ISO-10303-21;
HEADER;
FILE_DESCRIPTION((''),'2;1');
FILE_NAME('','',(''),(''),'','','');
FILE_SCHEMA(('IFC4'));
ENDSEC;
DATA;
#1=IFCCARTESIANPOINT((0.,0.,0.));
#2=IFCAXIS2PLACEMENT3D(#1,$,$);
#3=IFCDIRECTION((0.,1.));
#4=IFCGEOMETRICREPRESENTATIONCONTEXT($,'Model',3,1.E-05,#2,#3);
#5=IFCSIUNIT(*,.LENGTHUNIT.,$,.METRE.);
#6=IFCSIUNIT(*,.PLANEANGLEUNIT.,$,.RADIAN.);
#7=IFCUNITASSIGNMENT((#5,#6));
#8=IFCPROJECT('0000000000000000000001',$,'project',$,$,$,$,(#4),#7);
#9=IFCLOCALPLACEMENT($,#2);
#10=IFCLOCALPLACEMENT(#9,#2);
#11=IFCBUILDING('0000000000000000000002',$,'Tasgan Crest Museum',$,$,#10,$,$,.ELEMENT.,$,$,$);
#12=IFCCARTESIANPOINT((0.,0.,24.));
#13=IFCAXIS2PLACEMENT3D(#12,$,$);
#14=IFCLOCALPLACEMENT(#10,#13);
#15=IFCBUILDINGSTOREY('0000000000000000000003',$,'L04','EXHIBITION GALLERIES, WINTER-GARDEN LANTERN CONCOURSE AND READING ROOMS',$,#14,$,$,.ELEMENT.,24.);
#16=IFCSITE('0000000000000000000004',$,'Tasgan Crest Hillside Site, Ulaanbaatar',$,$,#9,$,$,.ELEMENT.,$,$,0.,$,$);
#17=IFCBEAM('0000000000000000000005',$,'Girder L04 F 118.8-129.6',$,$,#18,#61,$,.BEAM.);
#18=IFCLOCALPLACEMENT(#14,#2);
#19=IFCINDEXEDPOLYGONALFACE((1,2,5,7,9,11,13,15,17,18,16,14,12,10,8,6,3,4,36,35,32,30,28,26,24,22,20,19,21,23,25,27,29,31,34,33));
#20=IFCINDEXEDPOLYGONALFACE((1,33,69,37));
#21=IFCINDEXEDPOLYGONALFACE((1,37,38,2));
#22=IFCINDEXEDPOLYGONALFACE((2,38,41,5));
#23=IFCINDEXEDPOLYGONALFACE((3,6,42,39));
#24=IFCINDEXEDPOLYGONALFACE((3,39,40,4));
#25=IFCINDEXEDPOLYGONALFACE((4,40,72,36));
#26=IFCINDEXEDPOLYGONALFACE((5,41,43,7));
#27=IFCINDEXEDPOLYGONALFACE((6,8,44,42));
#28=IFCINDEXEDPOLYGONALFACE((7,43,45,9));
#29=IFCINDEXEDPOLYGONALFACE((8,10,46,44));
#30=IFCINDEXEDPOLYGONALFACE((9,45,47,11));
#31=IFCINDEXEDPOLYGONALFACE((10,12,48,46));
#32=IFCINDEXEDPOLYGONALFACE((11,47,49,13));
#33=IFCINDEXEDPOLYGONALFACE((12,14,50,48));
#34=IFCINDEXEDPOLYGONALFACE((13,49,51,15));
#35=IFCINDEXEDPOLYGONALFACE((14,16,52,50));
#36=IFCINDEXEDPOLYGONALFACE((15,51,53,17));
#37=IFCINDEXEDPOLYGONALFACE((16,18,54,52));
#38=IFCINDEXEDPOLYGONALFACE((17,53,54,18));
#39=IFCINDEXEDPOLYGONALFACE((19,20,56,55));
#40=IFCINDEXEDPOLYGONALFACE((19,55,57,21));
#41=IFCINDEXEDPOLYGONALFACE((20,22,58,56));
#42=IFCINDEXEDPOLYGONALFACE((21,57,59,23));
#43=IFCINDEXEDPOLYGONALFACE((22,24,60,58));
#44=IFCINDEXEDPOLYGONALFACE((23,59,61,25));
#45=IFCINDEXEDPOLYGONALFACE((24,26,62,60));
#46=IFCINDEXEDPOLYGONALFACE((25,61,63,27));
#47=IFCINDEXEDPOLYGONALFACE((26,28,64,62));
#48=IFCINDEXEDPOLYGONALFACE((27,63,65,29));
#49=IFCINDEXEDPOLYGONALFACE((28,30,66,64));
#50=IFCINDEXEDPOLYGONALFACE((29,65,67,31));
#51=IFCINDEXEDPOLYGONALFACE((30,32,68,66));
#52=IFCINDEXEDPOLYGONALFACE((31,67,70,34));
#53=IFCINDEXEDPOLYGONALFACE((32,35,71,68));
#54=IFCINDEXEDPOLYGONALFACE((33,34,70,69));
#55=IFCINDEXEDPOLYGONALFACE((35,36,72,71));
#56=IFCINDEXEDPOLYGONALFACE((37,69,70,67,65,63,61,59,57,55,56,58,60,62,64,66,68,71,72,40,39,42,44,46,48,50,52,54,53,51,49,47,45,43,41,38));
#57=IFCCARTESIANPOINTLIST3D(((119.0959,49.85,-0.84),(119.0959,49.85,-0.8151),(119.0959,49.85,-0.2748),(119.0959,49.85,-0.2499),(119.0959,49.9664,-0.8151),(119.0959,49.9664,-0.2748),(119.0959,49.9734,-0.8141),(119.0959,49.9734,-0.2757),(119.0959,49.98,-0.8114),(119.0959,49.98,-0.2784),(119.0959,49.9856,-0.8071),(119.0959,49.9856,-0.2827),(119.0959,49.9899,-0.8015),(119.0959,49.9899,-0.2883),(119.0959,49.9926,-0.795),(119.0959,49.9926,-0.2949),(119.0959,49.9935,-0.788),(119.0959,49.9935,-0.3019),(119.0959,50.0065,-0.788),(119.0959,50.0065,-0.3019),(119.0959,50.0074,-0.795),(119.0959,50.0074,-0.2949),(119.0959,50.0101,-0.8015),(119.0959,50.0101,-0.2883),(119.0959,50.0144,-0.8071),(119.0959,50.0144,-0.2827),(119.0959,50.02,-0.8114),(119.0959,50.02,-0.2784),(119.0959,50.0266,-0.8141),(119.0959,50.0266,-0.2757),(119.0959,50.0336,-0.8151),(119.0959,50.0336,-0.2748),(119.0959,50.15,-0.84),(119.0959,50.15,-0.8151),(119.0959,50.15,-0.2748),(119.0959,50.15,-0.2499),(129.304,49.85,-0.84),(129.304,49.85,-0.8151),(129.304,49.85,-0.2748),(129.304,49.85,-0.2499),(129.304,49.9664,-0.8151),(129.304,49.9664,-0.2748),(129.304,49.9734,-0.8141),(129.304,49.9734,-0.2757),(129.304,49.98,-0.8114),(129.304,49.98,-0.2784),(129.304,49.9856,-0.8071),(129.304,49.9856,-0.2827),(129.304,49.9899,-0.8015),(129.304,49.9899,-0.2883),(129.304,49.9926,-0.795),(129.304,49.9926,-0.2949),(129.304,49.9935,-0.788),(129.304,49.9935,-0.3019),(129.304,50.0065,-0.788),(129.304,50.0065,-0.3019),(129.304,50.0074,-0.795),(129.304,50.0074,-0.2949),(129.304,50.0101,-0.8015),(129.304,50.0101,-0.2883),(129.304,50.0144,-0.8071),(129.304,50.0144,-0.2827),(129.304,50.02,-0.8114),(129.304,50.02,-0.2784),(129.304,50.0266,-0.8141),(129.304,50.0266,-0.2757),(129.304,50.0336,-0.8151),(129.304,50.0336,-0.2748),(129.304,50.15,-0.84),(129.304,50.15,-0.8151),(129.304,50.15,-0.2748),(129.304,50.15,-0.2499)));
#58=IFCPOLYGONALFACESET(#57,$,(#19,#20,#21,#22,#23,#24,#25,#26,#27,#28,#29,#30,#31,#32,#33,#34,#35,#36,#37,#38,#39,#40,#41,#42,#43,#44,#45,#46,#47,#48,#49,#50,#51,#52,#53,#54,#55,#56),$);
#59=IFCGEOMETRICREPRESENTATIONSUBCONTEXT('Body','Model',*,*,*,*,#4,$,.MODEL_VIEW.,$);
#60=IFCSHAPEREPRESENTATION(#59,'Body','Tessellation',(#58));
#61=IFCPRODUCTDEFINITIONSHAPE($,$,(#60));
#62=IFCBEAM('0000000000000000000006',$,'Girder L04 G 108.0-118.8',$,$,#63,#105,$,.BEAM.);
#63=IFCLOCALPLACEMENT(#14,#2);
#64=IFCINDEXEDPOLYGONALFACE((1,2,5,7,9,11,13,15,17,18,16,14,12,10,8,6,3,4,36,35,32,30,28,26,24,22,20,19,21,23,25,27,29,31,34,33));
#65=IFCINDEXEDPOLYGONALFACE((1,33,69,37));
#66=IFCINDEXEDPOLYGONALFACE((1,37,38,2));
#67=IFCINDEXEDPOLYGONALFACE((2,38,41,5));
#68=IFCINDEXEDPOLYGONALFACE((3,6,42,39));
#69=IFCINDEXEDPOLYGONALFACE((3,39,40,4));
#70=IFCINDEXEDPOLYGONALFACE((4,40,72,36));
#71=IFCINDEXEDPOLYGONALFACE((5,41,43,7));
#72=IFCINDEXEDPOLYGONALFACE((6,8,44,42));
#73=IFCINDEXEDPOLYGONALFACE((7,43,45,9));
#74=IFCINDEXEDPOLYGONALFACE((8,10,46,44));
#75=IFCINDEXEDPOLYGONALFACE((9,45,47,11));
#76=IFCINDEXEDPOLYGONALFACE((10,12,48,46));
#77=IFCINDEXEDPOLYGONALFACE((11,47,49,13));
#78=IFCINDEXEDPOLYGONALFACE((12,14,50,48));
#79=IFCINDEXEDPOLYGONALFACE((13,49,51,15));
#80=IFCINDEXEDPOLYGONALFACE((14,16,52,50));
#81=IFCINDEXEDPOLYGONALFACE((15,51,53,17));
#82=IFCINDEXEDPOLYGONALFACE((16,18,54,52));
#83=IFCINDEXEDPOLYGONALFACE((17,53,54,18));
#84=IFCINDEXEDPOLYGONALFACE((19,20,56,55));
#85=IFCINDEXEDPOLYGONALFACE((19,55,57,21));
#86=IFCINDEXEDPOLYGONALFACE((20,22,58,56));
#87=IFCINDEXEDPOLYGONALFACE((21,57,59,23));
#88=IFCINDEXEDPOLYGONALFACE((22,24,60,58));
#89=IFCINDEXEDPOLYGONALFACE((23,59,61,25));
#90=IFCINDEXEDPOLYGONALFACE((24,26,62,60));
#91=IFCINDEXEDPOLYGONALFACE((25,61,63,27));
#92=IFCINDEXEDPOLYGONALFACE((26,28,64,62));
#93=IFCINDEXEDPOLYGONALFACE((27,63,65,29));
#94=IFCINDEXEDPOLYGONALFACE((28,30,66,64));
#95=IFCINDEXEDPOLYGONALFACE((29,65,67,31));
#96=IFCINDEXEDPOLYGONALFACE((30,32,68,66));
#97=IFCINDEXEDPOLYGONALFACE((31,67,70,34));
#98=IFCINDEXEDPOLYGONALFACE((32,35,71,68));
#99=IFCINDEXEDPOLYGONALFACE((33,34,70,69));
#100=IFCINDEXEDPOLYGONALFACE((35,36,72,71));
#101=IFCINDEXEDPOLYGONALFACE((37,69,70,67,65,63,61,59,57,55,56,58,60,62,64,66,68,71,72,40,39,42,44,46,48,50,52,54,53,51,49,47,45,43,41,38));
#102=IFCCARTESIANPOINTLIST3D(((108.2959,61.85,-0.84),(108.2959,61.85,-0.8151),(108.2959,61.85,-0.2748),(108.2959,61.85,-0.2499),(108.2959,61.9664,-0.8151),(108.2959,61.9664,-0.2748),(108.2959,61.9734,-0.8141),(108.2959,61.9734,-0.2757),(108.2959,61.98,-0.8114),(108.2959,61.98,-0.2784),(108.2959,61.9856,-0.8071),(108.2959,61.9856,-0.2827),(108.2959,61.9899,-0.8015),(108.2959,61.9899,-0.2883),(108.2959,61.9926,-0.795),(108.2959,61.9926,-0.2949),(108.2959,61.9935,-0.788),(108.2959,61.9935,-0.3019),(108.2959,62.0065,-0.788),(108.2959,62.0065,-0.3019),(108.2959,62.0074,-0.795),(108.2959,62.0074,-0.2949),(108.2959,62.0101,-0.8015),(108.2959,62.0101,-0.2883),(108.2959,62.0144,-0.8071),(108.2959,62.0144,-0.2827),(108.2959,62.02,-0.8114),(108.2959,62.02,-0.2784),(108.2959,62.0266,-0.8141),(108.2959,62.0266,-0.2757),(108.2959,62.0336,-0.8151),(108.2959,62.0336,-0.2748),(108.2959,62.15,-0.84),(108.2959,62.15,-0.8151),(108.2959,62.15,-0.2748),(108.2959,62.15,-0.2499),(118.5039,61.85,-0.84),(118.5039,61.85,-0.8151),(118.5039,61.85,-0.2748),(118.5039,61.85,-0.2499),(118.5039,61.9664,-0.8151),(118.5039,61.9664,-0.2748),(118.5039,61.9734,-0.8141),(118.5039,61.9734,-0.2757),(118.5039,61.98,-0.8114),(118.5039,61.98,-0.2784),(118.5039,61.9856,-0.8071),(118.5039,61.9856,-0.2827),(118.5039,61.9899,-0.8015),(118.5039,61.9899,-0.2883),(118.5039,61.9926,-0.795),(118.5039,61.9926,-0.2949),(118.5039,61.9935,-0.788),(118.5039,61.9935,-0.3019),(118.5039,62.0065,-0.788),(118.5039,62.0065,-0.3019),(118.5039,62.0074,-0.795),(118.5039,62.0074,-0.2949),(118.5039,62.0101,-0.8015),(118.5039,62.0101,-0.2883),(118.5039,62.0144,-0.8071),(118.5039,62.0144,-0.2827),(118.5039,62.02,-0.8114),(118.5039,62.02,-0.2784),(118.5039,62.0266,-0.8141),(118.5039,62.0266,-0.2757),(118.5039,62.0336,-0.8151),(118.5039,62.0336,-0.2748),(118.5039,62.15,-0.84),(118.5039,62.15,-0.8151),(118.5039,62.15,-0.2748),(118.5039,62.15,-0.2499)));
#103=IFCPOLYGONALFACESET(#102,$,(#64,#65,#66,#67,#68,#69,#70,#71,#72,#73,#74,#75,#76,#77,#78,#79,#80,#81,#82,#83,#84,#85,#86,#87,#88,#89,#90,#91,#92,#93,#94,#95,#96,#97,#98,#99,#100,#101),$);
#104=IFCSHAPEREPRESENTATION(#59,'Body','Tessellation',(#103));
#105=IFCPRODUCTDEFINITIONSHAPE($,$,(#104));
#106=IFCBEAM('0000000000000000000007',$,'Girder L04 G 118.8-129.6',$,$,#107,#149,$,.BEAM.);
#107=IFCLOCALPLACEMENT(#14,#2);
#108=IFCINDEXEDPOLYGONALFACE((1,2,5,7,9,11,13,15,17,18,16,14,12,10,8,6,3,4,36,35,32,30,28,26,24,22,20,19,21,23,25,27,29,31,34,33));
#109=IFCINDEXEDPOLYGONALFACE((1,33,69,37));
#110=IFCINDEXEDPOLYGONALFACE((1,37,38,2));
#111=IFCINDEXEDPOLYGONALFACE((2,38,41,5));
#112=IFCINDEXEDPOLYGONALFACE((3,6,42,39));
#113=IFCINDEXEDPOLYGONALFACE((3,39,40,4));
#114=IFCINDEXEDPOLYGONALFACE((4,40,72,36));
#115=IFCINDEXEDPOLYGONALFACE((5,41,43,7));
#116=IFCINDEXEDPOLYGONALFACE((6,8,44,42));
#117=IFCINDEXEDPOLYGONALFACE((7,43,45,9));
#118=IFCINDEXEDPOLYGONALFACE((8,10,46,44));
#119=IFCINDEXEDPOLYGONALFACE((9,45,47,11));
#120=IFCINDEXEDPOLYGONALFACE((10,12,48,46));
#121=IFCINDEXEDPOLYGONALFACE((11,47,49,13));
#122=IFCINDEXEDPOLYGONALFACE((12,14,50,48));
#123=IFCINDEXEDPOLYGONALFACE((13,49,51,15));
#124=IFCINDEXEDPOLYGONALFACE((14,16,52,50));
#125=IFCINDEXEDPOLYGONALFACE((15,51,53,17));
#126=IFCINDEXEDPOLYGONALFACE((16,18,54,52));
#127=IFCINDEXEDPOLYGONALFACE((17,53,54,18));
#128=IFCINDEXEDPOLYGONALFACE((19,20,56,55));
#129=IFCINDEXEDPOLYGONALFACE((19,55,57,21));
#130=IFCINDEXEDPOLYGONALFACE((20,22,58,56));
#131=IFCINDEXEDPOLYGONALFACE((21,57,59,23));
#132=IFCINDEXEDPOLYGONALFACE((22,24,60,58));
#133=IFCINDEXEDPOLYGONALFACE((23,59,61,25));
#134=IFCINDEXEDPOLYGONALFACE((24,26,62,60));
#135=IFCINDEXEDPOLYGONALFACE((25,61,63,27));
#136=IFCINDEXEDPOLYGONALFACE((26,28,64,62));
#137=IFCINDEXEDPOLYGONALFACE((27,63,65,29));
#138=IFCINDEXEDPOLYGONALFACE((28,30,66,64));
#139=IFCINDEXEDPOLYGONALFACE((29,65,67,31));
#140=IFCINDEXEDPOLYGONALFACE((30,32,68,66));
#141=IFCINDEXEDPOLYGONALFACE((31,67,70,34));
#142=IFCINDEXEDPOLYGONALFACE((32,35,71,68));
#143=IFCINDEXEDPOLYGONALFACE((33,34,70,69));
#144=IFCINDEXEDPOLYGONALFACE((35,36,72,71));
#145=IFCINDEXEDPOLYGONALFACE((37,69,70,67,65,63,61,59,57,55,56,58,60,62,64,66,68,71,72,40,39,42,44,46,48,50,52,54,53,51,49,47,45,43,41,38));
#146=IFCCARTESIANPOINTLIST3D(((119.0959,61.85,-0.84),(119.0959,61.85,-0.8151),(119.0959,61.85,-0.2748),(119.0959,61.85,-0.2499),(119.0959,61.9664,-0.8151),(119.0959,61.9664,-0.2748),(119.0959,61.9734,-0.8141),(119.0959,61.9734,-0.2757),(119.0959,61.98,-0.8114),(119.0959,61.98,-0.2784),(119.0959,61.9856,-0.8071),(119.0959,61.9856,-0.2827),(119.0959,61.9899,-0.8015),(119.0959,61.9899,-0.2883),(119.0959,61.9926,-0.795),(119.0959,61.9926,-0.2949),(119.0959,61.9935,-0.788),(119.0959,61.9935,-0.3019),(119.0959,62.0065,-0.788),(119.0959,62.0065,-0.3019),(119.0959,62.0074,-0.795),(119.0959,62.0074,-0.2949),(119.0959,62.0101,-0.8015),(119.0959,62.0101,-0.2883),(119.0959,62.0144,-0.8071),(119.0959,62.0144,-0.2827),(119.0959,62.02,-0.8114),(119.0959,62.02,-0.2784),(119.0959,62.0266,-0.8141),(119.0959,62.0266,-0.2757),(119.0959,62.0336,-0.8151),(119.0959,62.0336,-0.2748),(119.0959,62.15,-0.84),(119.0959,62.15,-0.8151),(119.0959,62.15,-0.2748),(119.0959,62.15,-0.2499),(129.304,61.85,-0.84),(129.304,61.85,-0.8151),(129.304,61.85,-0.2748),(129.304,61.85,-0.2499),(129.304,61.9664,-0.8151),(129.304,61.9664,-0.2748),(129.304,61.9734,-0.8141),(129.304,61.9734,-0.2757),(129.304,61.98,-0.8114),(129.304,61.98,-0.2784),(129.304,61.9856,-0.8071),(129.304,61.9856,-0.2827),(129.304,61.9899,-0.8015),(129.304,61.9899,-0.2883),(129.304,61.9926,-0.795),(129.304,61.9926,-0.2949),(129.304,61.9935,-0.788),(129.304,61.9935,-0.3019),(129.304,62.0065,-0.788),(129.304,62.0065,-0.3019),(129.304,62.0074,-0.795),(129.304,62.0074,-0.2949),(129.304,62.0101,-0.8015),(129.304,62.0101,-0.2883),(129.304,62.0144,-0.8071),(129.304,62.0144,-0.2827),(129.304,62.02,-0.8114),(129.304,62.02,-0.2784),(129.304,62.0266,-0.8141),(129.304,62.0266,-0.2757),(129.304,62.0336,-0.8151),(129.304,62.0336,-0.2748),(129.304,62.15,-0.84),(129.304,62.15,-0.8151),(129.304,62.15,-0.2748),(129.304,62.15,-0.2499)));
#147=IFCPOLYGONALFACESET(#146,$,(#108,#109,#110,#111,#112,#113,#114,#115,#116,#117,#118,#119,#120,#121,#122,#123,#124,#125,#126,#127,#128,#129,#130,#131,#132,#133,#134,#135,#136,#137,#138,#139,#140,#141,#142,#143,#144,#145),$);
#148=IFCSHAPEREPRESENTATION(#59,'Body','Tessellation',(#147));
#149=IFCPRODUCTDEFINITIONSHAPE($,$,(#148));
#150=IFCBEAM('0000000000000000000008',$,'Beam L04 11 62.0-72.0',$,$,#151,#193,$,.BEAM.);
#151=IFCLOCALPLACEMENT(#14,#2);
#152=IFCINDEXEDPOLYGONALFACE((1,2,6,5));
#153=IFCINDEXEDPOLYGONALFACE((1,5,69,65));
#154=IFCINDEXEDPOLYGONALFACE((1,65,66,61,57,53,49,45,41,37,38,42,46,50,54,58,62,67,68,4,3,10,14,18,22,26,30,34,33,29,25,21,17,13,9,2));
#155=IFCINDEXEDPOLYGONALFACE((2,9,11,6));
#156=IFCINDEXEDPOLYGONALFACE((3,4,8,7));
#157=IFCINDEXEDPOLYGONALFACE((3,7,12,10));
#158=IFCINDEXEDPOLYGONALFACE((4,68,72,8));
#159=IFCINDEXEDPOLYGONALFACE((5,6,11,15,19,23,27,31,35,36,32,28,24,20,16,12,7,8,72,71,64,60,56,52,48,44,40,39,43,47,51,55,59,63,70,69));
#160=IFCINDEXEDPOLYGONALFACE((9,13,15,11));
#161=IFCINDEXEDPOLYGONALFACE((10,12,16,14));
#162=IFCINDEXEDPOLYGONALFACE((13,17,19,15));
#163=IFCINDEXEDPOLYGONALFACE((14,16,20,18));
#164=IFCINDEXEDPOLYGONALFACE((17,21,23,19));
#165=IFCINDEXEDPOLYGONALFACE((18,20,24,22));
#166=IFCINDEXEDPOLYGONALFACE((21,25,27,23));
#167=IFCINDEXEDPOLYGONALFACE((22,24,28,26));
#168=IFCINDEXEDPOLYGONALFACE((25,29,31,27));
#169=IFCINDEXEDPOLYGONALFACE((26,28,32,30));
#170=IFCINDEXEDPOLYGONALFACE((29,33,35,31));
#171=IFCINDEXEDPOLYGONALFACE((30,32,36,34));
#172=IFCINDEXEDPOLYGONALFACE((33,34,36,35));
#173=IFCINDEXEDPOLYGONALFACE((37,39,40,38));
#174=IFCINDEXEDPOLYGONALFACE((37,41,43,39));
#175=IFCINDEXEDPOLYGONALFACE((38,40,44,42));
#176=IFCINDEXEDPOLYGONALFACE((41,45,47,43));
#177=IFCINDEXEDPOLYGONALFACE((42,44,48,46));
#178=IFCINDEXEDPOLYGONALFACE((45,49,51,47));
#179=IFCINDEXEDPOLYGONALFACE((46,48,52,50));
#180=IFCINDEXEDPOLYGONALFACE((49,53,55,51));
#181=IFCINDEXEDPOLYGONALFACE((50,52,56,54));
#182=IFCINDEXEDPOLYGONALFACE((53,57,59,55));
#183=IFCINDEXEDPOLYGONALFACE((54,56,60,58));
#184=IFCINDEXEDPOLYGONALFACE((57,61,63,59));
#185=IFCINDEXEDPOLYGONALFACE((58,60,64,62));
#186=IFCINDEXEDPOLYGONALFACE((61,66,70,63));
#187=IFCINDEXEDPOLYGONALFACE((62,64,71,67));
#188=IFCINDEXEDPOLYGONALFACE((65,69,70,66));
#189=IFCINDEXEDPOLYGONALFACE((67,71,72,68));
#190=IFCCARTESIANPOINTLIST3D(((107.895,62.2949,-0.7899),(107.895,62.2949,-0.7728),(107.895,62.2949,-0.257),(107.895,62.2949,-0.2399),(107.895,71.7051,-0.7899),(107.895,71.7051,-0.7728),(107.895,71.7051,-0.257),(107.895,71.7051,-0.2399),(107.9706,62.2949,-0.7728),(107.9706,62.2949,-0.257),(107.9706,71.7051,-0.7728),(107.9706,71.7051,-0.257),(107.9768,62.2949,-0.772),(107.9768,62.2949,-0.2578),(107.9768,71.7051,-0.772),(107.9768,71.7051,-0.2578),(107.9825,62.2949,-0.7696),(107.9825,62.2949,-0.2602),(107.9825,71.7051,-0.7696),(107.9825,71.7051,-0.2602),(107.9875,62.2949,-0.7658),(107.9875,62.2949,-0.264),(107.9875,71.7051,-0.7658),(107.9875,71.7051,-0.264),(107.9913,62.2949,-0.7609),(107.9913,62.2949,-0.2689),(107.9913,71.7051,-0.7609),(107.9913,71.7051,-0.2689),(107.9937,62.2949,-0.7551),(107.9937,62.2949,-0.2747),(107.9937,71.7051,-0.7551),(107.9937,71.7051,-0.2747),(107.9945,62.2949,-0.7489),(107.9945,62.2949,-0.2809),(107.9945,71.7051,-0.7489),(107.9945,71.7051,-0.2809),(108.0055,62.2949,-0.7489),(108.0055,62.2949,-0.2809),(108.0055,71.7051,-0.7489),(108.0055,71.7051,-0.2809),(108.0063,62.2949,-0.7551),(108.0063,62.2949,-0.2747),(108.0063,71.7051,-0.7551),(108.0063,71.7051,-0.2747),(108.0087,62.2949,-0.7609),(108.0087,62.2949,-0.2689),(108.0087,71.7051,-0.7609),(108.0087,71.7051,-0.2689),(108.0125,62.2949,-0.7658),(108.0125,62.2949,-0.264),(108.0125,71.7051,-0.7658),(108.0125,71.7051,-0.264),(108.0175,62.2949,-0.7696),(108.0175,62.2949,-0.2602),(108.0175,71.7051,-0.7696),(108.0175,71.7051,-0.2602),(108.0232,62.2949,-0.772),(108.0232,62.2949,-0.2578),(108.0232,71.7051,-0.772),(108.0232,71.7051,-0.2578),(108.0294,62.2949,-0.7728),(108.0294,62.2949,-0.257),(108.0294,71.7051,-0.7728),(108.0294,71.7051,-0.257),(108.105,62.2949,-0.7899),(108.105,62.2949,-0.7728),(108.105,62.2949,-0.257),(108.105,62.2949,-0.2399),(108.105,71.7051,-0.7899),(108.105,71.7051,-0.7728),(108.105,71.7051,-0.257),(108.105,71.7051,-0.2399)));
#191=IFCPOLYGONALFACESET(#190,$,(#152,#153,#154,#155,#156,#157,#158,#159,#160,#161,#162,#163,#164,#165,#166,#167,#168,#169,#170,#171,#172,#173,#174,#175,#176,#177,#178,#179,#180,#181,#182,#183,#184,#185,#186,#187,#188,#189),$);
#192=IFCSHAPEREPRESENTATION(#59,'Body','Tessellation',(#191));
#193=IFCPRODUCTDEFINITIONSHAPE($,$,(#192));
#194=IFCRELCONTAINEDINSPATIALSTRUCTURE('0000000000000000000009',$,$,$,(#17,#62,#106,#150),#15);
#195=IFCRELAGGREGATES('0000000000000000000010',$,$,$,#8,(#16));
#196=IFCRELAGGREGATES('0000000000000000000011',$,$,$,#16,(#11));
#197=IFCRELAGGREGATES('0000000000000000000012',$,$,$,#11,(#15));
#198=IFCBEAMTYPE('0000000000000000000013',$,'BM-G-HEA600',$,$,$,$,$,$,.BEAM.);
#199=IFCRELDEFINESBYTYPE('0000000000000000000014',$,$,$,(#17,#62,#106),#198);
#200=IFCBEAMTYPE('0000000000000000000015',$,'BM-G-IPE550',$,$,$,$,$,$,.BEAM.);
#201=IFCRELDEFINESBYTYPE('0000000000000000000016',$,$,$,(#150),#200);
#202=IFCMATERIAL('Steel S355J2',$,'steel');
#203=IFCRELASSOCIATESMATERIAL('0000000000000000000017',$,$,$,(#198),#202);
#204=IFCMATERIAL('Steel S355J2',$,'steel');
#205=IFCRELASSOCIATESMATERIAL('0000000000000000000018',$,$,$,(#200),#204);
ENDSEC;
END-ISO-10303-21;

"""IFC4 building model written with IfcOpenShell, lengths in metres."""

from ifc_helpers import new_model, si_unit, direction, frame, origin, origin_2d, place, context, subcontext, project, spatial, i_section, extrude, material, material_profile, profile_set, type_object, element, save


model = new_model("IFC4")

# Units and contexts
model_context = context("Model", 3, precision=1e-05, world=origin(), true_north=direction((0.0, 1.0)))
body_context = subcontext(model_context, "Body", "Model", "MODEL_VIEW")
ifc_project = project(units=[si_unit("LENGTHUNIT", "METRE"), si_unit("PLANEANGLEUNIT", "RADIAN")], contexts=[model_context])

# Site, building, storey
site_placement = place(None, origin())
site = spatial("IfcSite", under=ifc_project, at=site_placement, Name="Tasgan Crest Hillside Site, Ulaanbaatar", CompositionType="ELEMENT", RefElevation=0.0)
building_placement = place(site_placement, origin())
building = spatial("IfcBuilding", under=site, at=building_placement, Name="Tasgan Crest Museum", CompositionType="ELEMENT")
storey_placement = place(building_placement, frame((0.0, 0.0, 24.0)))
storey = spatial("IfcBuildingStorey", under=building, at=storey_placement, Name="L04", Description="EXHIBITION GALLERIES, WINTER-GARDEN LANTERN CONCOURSE AND READING ROOMS", CompositionType="ELEMENT", Elevation=24.0)

# Beams
ifc_material_1 = material(Name="Steel S355J2", Category="steel")
ifc_material_profile_1 = material_profile(ifc_material_1, i_section(OverallWidth=0.3, OverallDepth=0.5901, WebThickness=0.0129, FlangeThickness=0.0249, FilletRadius=0.0271, at=origin_2d()), Name="HEA 600")
ifc_profile_set_1 = profile_set([ifc_material_profile_1], Name="Steel S355J2")
beam_type_1 = type_object("IfcBeamType", Name="BM-G-HEA600", PredefinedType="BEAM", material=ifc_profile_set_1)
for number, where, z_axis, x_axis, name in (
    (1, (119.0959, 50.0, -0.5449), (1.0, 0.0, 0.0), (0.0, 1.0, 0.0), "Girder L04 F 118.8-129.6"),
    (2, (108.2959, 62.0, -0.5449), (1.0, 0.0, 0.0), (0.0, 1.0, 0.0), "Girder L04 G 108.0-118.8"),
    (3, (119.0959, 62.0, -0.5449), (1.0, 0.0, 0.0), (0.0, 1.0, 0.0), "Girder L04 G 118.8-129.6"),
):
    element("IfcBeam", number, at=place(storey_placement, frame(where, z_axis=z_axis, x_axis=x_axis)), inside=storey, type_object=beam_type_1, Name=name, PredefinedType="BEAM", context=body_context, shape_type="SweptSolid", body=[
        extrude(i_section(OverallWidth=0.3, OverallDepth=0.5901, WebThickness=0.0129, FlangeThickness=0.0249, FilletRadius=0.0271, at=origin_2d()), origin(), (0.0, 0.0, 1.0), 10.208),
    ])
ifc_material_2 = material(Name="Steel S355J2", Category="steel")
ifc_material_profile_2 = material_profile(ifc_material_2, i_section(OverallWidth=0.21, OverallDepth=0.55, WebThickness=0.011, FlangeThickness=0.0171, FilletRadius=0.0239, at=origin_2d()), Name="IPE 550")
ifc_profile_set_2 = profile_set([ifc_material_profile_2], Name="Steel S355J2")
beam_type_2 = type_object("IfcBeamType", Name="BM-G-IPE550", PredefinedType="BEAM", material=ifc_profile_set_2)
beam_1_placement = place(storey_placement, frame((108.0, 62.2949, -0.5149), z_axis=(0.0, 1.0, 0.0), x_axis=(-1.0, 0.0, 0.0)))
element("IfcBeam", 4, at=beam_1_placement, inside=storey, type_object=beam_type_2, Name="Beam L04 11 62.0-72.0", PredefinedType="BEAM", context=body_context, shape_type="SweptSolid", body=[
    extrude(i_section(OverallWidth=0.21, OverallDepth=0.55, WebThickness=0.011, FlangeThickness=0.0171, FilletRadius=0.0239, at=origin_2d()), origin(), (0.0, 0.0, 1.0), 9.4102),
])

save(model, "model.ifc")
